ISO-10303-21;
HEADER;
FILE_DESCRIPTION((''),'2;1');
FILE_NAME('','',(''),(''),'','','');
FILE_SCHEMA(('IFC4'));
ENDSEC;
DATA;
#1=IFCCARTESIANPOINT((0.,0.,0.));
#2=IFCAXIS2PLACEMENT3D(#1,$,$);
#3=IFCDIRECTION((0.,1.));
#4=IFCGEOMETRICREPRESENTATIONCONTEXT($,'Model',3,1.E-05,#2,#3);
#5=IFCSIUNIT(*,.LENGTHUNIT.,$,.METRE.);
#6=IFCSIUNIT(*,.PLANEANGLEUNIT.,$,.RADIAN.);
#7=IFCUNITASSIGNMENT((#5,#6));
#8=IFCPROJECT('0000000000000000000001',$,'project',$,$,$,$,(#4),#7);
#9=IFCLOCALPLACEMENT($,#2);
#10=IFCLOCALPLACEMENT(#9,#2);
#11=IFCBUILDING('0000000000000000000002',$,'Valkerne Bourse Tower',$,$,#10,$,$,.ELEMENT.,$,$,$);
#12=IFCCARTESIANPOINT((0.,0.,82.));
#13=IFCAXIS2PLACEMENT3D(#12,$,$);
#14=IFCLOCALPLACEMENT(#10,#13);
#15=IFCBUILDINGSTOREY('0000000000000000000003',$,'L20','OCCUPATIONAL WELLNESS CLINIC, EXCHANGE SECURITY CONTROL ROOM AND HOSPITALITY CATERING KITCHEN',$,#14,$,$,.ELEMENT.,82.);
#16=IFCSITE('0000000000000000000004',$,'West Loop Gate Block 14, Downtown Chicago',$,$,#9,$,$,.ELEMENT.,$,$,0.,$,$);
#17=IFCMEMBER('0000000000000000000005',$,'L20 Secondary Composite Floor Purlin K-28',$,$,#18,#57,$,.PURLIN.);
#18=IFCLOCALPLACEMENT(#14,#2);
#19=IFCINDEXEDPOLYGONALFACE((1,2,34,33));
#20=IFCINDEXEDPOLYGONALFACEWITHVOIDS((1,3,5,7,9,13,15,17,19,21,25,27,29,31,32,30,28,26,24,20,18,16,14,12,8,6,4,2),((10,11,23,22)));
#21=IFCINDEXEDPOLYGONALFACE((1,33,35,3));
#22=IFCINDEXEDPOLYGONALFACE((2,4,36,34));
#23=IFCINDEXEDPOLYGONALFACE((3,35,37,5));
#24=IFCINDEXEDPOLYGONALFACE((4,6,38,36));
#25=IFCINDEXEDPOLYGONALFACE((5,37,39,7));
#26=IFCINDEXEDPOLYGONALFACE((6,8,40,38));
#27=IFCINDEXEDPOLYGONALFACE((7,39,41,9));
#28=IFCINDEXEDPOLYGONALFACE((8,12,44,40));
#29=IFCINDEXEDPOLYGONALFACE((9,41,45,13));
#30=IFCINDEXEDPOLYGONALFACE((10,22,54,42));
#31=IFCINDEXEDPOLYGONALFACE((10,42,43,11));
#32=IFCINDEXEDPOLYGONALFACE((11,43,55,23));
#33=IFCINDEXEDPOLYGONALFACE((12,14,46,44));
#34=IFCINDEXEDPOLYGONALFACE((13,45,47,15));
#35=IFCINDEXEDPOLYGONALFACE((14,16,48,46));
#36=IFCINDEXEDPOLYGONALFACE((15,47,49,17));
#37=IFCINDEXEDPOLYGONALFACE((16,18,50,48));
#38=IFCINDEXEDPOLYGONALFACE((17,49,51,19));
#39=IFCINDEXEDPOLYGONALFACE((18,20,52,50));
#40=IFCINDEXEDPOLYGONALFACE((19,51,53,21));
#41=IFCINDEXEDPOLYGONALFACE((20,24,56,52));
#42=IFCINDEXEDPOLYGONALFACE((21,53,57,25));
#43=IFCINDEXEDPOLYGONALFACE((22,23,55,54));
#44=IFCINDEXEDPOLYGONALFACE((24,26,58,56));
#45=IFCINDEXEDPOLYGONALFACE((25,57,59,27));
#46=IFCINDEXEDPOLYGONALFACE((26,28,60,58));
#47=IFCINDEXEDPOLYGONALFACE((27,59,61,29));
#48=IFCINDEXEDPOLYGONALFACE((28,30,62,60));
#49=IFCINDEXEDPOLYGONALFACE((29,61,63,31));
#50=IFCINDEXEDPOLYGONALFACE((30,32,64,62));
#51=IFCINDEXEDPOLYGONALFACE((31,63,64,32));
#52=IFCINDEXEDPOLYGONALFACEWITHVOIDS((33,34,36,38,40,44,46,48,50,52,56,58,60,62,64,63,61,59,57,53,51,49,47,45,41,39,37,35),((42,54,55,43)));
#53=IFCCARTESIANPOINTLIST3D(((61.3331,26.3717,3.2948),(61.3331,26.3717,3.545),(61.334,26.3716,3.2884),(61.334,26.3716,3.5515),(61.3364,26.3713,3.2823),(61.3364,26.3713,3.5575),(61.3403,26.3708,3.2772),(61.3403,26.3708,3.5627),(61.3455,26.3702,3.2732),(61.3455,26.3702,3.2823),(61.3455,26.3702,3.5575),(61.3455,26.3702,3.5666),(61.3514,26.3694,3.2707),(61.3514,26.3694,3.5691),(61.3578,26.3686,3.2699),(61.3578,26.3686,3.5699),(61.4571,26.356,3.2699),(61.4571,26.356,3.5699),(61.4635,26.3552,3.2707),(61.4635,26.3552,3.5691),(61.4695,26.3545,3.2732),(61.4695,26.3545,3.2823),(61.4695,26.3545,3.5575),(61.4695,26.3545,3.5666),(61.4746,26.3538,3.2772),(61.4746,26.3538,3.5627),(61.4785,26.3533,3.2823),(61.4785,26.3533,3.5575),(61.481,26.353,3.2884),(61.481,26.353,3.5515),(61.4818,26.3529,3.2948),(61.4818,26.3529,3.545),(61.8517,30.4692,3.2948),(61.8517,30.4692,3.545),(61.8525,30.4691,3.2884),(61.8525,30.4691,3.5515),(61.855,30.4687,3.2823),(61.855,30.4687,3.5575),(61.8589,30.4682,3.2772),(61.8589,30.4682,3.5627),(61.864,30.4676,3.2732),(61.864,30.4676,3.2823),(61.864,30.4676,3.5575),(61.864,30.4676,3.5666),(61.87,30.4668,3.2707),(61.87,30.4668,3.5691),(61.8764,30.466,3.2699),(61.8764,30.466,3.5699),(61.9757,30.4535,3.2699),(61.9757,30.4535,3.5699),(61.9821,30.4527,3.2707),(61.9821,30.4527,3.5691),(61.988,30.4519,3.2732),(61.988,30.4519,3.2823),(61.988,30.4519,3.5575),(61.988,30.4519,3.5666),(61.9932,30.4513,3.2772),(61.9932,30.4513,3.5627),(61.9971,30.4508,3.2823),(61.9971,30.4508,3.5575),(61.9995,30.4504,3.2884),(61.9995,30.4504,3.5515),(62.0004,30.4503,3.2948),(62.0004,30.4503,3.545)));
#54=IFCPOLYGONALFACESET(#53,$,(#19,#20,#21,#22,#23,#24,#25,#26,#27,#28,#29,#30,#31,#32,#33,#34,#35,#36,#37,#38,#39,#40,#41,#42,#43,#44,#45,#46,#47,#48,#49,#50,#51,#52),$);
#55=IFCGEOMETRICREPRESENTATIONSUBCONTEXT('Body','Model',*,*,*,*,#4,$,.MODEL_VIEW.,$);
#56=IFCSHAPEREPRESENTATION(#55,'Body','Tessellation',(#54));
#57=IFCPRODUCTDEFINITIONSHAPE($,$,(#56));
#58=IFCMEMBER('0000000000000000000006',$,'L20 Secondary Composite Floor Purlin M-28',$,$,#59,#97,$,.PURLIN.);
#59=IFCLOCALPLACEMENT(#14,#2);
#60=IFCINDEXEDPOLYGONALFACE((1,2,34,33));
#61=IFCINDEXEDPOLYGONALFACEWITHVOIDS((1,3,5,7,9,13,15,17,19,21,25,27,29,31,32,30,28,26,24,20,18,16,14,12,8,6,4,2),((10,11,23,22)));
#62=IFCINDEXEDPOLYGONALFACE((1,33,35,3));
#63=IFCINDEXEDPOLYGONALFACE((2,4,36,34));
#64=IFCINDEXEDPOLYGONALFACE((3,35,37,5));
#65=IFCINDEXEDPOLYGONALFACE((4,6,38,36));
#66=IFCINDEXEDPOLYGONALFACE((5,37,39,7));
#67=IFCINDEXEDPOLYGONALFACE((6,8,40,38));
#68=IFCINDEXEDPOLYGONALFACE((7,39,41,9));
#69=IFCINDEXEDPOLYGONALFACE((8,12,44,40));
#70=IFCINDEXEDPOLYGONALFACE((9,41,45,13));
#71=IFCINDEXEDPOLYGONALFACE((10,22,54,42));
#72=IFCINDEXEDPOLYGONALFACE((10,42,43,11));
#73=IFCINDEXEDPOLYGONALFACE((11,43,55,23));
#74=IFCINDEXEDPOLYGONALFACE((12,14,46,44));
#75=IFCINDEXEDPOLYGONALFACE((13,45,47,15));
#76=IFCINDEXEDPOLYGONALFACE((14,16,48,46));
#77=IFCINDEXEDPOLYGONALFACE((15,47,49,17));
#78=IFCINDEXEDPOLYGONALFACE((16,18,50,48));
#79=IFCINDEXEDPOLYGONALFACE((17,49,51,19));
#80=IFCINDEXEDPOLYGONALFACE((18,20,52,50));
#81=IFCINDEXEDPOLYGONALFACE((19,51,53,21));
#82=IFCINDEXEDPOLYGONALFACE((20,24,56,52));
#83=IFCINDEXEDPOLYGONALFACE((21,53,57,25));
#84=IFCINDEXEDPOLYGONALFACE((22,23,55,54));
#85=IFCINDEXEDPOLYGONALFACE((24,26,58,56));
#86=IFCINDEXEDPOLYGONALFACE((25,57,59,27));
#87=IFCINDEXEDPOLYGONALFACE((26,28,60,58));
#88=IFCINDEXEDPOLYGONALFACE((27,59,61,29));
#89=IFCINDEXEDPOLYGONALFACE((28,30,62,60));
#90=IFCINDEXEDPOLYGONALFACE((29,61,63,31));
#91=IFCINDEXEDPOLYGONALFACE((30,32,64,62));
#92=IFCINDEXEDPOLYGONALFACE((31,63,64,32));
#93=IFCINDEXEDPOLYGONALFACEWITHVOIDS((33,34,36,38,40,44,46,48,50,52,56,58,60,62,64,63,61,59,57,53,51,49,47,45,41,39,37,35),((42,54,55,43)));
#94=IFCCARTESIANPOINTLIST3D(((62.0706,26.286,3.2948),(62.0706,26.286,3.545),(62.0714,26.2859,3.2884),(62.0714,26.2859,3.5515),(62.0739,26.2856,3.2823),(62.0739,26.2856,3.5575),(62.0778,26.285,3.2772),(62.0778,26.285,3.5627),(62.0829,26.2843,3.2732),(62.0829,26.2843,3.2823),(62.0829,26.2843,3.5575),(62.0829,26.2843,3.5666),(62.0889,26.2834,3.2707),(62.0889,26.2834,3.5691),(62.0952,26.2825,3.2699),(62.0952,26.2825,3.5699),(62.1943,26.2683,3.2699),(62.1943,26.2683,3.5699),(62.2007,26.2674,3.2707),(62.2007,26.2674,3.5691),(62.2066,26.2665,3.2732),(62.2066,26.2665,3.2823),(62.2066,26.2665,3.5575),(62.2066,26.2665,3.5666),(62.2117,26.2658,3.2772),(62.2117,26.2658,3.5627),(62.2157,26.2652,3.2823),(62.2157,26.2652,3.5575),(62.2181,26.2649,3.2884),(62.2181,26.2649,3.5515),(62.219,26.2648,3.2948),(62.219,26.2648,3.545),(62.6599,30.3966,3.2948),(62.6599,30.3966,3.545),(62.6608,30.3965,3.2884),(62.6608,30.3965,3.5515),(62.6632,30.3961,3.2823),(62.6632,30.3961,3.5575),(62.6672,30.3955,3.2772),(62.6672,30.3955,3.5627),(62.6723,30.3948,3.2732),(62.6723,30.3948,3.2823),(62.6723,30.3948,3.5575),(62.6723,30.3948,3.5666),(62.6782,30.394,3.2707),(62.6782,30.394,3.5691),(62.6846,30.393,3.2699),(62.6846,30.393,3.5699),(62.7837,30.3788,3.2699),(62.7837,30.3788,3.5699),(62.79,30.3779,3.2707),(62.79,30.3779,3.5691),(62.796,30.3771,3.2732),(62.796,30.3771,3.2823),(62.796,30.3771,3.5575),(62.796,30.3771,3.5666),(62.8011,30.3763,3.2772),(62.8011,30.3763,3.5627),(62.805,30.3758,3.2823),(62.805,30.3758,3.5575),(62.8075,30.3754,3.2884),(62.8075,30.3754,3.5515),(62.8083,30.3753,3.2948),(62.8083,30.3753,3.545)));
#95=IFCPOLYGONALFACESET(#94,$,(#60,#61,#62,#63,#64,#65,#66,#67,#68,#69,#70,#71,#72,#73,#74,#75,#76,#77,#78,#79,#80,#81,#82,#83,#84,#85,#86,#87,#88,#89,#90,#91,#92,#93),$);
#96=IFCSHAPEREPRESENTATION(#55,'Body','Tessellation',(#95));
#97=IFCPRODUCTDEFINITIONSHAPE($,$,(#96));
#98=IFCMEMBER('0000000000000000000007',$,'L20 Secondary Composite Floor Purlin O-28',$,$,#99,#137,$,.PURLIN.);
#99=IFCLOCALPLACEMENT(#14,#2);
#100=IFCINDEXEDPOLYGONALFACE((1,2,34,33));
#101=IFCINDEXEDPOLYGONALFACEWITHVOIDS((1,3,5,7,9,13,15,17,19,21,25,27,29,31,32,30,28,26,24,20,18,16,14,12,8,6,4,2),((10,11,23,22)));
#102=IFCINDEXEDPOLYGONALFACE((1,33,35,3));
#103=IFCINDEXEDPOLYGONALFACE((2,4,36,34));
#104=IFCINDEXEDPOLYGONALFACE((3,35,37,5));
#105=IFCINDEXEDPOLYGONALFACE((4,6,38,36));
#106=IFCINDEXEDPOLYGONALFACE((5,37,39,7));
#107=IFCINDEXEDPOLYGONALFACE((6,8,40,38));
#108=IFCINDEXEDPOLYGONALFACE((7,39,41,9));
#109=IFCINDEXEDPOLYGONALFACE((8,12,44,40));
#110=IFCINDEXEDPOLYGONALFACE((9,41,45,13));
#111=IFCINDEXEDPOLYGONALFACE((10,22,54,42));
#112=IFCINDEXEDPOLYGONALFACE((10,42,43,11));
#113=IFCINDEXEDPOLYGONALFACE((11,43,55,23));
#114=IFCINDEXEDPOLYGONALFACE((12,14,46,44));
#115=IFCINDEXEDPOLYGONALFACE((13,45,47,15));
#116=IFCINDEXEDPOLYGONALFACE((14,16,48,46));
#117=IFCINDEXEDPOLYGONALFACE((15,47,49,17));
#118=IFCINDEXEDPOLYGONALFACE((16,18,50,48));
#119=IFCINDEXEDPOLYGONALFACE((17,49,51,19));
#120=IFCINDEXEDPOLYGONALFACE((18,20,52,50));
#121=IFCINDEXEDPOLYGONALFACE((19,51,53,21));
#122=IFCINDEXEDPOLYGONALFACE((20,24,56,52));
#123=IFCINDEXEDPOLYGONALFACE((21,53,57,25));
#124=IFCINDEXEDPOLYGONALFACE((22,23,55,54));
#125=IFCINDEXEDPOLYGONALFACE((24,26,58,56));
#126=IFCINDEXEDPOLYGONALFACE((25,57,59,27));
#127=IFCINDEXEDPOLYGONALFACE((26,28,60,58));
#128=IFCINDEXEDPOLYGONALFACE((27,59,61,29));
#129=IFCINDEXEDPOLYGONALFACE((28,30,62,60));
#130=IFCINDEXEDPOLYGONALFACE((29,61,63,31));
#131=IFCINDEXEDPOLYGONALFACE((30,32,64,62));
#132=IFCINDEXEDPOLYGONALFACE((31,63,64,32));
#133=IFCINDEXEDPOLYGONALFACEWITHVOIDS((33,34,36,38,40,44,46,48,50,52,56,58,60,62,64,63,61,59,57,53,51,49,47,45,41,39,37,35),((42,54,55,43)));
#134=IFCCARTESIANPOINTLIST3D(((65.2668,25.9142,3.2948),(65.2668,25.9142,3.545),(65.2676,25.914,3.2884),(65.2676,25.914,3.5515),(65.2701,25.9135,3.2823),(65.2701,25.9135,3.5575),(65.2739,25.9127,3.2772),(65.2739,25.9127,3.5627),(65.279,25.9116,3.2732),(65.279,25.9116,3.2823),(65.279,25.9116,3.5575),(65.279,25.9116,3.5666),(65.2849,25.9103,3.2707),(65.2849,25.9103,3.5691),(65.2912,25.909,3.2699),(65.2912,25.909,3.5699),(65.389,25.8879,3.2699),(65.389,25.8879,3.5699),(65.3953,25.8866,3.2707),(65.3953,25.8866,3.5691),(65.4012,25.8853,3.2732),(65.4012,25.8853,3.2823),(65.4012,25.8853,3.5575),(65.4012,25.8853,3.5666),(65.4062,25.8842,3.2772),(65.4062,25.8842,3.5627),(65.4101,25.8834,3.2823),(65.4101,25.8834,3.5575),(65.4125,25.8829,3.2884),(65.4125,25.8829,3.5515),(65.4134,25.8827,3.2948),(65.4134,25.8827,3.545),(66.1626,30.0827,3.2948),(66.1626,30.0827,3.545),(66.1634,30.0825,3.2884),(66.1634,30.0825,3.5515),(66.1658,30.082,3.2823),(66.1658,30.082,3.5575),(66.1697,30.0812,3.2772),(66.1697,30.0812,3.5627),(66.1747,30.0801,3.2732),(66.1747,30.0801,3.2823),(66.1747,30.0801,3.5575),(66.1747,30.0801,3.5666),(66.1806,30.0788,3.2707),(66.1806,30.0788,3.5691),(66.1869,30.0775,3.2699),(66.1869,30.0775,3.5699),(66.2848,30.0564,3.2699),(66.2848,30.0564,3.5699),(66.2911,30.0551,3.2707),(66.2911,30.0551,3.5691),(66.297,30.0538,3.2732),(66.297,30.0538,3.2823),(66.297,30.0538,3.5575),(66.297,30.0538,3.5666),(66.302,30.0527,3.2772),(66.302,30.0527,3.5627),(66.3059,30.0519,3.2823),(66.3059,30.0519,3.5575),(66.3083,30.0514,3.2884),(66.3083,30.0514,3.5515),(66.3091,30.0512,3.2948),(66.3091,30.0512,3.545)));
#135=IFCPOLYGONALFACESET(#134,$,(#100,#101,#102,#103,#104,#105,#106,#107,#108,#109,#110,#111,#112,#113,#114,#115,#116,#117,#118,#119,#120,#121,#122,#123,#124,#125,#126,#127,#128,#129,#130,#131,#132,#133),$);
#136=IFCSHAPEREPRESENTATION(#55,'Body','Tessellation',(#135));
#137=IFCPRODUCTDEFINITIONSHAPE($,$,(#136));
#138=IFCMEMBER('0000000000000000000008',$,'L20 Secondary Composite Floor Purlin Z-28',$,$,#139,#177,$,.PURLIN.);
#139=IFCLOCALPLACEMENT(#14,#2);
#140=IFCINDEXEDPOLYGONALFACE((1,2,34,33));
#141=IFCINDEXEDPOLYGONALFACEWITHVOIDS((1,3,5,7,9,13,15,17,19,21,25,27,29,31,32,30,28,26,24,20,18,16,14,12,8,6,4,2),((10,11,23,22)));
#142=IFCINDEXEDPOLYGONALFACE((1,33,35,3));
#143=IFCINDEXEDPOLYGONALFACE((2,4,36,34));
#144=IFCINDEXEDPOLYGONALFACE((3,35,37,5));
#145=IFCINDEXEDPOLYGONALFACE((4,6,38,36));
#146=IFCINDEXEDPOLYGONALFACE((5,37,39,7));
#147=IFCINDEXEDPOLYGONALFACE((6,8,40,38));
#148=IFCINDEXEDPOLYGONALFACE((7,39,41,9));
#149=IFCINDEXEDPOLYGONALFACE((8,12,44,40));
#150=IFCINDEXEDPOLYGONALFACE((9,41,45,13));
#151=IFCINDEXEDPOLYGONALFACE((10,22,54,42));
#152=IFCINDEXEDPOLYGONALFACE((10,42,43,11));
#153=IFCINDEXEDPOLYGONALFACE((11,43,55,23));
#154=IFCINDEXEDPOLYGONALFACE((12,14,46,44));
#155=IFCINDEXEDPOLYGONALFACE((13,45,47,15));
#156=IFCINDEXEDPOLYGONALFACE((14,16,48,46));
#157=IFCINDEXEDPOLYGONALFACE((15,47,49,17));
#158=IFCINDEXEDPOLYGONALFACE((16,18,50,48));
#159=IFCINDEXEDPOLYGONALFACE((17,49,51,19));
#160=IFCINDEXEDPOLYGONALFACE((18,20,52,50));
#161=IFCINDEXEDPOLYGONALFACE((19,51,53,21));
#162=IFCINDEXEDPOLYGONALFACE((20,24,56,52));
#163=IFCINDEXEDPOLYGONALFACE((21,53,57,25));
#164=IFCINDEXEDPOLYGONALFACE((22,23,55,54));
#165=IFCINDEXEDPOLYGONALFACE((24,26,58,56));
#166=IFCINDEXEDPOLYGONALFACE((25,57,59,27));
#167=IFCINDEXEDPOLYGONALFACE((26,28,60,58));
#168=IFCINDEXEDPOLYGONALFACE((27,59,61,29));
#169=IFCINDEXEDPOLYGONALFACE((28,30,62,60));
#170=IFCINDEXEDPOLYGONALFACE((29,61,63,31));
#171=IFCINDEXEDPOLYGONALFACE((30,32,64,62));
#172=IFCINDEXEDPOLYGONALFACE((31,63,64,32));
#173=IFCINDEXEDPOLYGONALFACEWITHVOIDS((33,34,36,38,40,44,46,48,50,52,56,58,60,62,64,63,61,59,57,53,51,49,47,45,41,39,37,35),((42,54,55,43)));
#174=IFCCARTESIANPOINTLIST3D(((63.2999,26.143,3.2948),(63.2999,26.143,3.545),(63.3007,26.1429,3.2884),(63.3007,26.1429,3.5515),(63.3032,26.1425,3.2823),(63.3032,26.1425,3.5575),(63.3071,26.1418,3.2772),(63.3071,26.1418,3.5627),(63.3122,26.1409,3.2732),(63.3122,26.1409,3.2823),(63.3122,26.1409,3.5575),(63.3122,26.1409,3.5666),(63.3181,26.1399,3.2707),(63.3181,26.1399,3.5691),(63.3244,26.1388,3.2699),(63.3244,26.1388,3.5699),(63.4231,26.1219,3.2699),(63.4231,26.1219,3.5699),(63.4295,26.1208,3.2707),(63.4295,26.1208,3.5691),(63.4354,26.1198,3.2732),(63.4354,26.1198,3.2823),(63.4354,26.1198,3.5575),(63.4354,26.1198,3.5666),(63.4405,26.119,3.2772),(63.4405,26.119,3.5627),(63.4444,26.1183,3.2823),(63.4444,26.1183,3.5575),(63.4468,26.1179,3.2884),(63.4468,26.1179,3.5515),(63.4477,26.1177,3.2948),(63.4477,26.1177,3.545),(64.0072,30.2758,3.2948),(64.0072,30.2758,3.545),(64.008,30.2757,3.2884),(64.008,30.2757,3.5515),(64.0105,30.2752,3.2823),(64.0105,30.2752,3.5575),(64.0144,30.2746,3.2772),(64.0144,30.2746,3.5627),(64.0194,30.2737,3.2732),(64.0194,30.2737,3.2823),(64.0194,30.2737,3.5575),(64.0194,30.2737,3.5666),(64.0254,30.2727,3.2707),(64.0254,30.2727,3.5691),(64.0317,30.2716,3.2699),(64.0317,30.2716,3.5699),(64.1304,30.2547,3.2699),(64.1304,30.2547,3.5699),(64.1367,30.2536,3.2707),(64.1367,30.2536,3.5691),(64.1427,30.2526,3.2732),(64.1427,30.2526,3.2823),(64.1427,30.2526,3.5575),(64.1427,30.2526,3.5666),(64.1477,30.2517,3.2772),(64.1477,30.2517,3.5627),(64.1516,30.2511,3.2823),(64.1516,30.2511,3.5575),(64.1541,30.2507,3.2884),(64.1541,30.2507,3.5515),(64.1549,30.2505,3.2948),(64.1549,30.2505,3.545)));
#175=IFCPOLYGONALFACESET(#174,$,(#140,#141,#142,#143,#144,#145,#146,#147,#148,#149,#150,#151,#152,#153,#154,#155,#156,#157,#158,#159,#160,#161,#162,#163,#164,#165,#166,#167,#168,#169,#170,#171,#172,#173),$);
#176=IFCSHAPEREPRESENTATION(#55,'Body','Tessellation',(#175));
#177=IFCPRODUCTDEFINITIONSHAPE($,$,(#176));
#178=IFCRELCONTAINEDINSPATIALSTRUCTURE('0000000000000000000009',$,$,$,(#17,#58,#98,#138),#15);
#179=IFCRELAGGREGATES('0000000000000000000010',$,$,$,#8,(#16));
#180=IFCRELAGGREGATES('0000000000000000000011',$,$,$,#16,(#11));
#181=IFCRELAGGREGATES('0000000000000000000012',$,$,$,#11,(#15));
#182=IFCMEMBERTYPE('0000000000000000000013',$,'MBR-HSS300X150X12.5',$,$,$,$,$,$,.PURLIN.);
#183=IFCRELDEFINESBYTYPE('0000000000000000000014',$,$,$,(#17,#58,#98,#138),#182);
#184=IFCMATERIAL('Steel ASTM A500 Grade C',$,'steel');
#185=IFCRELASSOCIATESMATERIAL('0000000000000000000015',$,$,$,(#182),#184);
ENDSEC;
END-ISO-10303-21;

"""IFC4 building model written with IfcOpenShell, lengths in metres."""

from ifc_helpers import new_model, si_unit, direction, frame, origin, origin_2d, place, context, subcontext, project, spatial, hollow_rectangle, extrude, material, material_profile, profile_set, type_object, element, save


model = new_model("IFC4")

# Units and contexts
model_context = context("Model", 3, precision=1e-05, world=origin(), true_north=direction((0.0, 1.0)))
body_context = subcontext(model_context, "Body", "Model", "MODEL_VIEW")
ifc_project = project(units=[si_unit("LENGTHUNIT", "METRE"), si_unit("PLANEANGLEUNIT", "RADIAN")], contexts=[model_context])

# Site, building, storey
site_placement = place(None, origin())
site = spatial("IfcSite", under=ifc_project, at=site_placement, Name="West Loop Gate Block 14, Downtown Chicago", CompositionType="ELEMENT", RefElevation=0.0)
building_placement = place(site_placement, origin())
building = spatial("IfcBuilding", under=site, at=building_placement, Name="Valkerne Bourse Tower", CompositionType="ELEMENT")
storey_placement = place(building_placement, frame((0.0, 0.0, 82.0)))
storey = spatial("IfcBuildingStorey", under=building, at=storey_placement, Name="L20", Description="OCCUPATIONAL WELLNESS CLINIC, EXCHANGE SECURITY CONTROL ROOM AND HOSPITALITY CATERING KITCHEN", CompositionType="ELEMENT", Elevation=82.0)

# Members
ifc_material_1 = material(Name="Steel ASTM A500 Grade C", Category="steel")
ifc_material_profile_1 = material_profile(ifc_material_1, hollow_rectangle(XDim=0.1499, YDim=0.3, WallThickness=0.0125, OuterFilletRadius=0.0249, at=origin_2d()), Name="HSS300X150X12.5")
ifc_profile_set_1 = profile_set([ifc_material_profile_1], Name="Steel ASTM A500 Grade C")
member_type_1 = type_object("IfcMemberType", Name="MBR-HSS300X150X12.5", PredefinedType="PURLIN", material=ifc_profile_set_1)
member_1_placement = place(storey_placement, frame((61.4075, 26.3623, 3.4199), z_axis=(0.125555, 0.992087, 0.0), x_axis=(-0.992087, 0.125555, 0.0)))
element("IfcMember", 1, at=member_1_placement, inside=storey, type_object=member_type_1, Name="L20 Secondary Composite Floor Purlin K-28", PredefinedType="PURLIN", context=body_context, shape_type="SweptSolid", body=[
    extrude(hollow_rectangle(XDim=0.1499, YDim=0.3, WallThickness=0.0125, OuterFilletRadius=0.0249, at=origin_2d()), origin(), (0.0, 0.0, 1.0), 4.1301),
])
member_2_placement = place(storey_placement, frame((62.1448, 26.2754, 3.4199), z_axis=(0.141923, 0.989878, 0.0), x_axis=(-0.989878, 0.141923, 0.0)))
element("IfcMember", 2, at=member_2_placement, inside=storey, type_object=member_type_1, Name="L20 Secondary Composite Floor Purlin M-28", PredefinedType="PURLIN", context=body_context, shape_type="SweptSolid", body=[
    extrude(hollow_rectangle(XDim=0.1499, YDim=0.3, WallThickness=0.0125, OuterFilletRadius=0.0249, at=origin_2d()), origin(), (0.0, 0.0, 1.0), 4.1526),
])
member_3_placement = place(storey_placement, frame((65.3401, 25.8984, 3.4199), z_axis=(0.210092, 0.977682, 0.0), x_axis=(-0.977682, 0.210092, 0.0)))
element("IfcMember", 3, at=member_3_placement, inside=storey, type_object=member_type_1, Name="L20 Secondary Composite Floor Purlin O-28", PredefinedType="PURLIN", context=body_context, shape_type="SweptSolid", body=[
    extrude(hollow_rectangle(XDim=0.1499, YDim=0.3, WallThickness=0.0125, OuterFilletRadius=0.0249, at=origin_2d()), origin(), (0.0, 0.0, 1.0), 4.2637),
])
member_4_placement = place(storey_placement, frame((63.3738, 26.1304, 3.4199), z_axis=(0.168684, 0.98567, 0.0), x_axis=(-0.98567, 0.168684, 0.0)))
element("IfcMember", 4, at=member_4_placement, inside=storey, type_object=member_type_1, Name="L20 Secondary Composite Floor Purlin Z-28", PredefinedType="PURLIN", context=body_context, shape_type="SweptSolid", body=[
    extrude(hollow_rectangle(XDim=0.1499, YDim=0.3, WallThickness=0.0125, OuterFilletRadius=0.0249, at=origin_2d()), origin(), (0.0, 0.0, 1.0), 4.1929),
])

save(model, "model.ifc")
